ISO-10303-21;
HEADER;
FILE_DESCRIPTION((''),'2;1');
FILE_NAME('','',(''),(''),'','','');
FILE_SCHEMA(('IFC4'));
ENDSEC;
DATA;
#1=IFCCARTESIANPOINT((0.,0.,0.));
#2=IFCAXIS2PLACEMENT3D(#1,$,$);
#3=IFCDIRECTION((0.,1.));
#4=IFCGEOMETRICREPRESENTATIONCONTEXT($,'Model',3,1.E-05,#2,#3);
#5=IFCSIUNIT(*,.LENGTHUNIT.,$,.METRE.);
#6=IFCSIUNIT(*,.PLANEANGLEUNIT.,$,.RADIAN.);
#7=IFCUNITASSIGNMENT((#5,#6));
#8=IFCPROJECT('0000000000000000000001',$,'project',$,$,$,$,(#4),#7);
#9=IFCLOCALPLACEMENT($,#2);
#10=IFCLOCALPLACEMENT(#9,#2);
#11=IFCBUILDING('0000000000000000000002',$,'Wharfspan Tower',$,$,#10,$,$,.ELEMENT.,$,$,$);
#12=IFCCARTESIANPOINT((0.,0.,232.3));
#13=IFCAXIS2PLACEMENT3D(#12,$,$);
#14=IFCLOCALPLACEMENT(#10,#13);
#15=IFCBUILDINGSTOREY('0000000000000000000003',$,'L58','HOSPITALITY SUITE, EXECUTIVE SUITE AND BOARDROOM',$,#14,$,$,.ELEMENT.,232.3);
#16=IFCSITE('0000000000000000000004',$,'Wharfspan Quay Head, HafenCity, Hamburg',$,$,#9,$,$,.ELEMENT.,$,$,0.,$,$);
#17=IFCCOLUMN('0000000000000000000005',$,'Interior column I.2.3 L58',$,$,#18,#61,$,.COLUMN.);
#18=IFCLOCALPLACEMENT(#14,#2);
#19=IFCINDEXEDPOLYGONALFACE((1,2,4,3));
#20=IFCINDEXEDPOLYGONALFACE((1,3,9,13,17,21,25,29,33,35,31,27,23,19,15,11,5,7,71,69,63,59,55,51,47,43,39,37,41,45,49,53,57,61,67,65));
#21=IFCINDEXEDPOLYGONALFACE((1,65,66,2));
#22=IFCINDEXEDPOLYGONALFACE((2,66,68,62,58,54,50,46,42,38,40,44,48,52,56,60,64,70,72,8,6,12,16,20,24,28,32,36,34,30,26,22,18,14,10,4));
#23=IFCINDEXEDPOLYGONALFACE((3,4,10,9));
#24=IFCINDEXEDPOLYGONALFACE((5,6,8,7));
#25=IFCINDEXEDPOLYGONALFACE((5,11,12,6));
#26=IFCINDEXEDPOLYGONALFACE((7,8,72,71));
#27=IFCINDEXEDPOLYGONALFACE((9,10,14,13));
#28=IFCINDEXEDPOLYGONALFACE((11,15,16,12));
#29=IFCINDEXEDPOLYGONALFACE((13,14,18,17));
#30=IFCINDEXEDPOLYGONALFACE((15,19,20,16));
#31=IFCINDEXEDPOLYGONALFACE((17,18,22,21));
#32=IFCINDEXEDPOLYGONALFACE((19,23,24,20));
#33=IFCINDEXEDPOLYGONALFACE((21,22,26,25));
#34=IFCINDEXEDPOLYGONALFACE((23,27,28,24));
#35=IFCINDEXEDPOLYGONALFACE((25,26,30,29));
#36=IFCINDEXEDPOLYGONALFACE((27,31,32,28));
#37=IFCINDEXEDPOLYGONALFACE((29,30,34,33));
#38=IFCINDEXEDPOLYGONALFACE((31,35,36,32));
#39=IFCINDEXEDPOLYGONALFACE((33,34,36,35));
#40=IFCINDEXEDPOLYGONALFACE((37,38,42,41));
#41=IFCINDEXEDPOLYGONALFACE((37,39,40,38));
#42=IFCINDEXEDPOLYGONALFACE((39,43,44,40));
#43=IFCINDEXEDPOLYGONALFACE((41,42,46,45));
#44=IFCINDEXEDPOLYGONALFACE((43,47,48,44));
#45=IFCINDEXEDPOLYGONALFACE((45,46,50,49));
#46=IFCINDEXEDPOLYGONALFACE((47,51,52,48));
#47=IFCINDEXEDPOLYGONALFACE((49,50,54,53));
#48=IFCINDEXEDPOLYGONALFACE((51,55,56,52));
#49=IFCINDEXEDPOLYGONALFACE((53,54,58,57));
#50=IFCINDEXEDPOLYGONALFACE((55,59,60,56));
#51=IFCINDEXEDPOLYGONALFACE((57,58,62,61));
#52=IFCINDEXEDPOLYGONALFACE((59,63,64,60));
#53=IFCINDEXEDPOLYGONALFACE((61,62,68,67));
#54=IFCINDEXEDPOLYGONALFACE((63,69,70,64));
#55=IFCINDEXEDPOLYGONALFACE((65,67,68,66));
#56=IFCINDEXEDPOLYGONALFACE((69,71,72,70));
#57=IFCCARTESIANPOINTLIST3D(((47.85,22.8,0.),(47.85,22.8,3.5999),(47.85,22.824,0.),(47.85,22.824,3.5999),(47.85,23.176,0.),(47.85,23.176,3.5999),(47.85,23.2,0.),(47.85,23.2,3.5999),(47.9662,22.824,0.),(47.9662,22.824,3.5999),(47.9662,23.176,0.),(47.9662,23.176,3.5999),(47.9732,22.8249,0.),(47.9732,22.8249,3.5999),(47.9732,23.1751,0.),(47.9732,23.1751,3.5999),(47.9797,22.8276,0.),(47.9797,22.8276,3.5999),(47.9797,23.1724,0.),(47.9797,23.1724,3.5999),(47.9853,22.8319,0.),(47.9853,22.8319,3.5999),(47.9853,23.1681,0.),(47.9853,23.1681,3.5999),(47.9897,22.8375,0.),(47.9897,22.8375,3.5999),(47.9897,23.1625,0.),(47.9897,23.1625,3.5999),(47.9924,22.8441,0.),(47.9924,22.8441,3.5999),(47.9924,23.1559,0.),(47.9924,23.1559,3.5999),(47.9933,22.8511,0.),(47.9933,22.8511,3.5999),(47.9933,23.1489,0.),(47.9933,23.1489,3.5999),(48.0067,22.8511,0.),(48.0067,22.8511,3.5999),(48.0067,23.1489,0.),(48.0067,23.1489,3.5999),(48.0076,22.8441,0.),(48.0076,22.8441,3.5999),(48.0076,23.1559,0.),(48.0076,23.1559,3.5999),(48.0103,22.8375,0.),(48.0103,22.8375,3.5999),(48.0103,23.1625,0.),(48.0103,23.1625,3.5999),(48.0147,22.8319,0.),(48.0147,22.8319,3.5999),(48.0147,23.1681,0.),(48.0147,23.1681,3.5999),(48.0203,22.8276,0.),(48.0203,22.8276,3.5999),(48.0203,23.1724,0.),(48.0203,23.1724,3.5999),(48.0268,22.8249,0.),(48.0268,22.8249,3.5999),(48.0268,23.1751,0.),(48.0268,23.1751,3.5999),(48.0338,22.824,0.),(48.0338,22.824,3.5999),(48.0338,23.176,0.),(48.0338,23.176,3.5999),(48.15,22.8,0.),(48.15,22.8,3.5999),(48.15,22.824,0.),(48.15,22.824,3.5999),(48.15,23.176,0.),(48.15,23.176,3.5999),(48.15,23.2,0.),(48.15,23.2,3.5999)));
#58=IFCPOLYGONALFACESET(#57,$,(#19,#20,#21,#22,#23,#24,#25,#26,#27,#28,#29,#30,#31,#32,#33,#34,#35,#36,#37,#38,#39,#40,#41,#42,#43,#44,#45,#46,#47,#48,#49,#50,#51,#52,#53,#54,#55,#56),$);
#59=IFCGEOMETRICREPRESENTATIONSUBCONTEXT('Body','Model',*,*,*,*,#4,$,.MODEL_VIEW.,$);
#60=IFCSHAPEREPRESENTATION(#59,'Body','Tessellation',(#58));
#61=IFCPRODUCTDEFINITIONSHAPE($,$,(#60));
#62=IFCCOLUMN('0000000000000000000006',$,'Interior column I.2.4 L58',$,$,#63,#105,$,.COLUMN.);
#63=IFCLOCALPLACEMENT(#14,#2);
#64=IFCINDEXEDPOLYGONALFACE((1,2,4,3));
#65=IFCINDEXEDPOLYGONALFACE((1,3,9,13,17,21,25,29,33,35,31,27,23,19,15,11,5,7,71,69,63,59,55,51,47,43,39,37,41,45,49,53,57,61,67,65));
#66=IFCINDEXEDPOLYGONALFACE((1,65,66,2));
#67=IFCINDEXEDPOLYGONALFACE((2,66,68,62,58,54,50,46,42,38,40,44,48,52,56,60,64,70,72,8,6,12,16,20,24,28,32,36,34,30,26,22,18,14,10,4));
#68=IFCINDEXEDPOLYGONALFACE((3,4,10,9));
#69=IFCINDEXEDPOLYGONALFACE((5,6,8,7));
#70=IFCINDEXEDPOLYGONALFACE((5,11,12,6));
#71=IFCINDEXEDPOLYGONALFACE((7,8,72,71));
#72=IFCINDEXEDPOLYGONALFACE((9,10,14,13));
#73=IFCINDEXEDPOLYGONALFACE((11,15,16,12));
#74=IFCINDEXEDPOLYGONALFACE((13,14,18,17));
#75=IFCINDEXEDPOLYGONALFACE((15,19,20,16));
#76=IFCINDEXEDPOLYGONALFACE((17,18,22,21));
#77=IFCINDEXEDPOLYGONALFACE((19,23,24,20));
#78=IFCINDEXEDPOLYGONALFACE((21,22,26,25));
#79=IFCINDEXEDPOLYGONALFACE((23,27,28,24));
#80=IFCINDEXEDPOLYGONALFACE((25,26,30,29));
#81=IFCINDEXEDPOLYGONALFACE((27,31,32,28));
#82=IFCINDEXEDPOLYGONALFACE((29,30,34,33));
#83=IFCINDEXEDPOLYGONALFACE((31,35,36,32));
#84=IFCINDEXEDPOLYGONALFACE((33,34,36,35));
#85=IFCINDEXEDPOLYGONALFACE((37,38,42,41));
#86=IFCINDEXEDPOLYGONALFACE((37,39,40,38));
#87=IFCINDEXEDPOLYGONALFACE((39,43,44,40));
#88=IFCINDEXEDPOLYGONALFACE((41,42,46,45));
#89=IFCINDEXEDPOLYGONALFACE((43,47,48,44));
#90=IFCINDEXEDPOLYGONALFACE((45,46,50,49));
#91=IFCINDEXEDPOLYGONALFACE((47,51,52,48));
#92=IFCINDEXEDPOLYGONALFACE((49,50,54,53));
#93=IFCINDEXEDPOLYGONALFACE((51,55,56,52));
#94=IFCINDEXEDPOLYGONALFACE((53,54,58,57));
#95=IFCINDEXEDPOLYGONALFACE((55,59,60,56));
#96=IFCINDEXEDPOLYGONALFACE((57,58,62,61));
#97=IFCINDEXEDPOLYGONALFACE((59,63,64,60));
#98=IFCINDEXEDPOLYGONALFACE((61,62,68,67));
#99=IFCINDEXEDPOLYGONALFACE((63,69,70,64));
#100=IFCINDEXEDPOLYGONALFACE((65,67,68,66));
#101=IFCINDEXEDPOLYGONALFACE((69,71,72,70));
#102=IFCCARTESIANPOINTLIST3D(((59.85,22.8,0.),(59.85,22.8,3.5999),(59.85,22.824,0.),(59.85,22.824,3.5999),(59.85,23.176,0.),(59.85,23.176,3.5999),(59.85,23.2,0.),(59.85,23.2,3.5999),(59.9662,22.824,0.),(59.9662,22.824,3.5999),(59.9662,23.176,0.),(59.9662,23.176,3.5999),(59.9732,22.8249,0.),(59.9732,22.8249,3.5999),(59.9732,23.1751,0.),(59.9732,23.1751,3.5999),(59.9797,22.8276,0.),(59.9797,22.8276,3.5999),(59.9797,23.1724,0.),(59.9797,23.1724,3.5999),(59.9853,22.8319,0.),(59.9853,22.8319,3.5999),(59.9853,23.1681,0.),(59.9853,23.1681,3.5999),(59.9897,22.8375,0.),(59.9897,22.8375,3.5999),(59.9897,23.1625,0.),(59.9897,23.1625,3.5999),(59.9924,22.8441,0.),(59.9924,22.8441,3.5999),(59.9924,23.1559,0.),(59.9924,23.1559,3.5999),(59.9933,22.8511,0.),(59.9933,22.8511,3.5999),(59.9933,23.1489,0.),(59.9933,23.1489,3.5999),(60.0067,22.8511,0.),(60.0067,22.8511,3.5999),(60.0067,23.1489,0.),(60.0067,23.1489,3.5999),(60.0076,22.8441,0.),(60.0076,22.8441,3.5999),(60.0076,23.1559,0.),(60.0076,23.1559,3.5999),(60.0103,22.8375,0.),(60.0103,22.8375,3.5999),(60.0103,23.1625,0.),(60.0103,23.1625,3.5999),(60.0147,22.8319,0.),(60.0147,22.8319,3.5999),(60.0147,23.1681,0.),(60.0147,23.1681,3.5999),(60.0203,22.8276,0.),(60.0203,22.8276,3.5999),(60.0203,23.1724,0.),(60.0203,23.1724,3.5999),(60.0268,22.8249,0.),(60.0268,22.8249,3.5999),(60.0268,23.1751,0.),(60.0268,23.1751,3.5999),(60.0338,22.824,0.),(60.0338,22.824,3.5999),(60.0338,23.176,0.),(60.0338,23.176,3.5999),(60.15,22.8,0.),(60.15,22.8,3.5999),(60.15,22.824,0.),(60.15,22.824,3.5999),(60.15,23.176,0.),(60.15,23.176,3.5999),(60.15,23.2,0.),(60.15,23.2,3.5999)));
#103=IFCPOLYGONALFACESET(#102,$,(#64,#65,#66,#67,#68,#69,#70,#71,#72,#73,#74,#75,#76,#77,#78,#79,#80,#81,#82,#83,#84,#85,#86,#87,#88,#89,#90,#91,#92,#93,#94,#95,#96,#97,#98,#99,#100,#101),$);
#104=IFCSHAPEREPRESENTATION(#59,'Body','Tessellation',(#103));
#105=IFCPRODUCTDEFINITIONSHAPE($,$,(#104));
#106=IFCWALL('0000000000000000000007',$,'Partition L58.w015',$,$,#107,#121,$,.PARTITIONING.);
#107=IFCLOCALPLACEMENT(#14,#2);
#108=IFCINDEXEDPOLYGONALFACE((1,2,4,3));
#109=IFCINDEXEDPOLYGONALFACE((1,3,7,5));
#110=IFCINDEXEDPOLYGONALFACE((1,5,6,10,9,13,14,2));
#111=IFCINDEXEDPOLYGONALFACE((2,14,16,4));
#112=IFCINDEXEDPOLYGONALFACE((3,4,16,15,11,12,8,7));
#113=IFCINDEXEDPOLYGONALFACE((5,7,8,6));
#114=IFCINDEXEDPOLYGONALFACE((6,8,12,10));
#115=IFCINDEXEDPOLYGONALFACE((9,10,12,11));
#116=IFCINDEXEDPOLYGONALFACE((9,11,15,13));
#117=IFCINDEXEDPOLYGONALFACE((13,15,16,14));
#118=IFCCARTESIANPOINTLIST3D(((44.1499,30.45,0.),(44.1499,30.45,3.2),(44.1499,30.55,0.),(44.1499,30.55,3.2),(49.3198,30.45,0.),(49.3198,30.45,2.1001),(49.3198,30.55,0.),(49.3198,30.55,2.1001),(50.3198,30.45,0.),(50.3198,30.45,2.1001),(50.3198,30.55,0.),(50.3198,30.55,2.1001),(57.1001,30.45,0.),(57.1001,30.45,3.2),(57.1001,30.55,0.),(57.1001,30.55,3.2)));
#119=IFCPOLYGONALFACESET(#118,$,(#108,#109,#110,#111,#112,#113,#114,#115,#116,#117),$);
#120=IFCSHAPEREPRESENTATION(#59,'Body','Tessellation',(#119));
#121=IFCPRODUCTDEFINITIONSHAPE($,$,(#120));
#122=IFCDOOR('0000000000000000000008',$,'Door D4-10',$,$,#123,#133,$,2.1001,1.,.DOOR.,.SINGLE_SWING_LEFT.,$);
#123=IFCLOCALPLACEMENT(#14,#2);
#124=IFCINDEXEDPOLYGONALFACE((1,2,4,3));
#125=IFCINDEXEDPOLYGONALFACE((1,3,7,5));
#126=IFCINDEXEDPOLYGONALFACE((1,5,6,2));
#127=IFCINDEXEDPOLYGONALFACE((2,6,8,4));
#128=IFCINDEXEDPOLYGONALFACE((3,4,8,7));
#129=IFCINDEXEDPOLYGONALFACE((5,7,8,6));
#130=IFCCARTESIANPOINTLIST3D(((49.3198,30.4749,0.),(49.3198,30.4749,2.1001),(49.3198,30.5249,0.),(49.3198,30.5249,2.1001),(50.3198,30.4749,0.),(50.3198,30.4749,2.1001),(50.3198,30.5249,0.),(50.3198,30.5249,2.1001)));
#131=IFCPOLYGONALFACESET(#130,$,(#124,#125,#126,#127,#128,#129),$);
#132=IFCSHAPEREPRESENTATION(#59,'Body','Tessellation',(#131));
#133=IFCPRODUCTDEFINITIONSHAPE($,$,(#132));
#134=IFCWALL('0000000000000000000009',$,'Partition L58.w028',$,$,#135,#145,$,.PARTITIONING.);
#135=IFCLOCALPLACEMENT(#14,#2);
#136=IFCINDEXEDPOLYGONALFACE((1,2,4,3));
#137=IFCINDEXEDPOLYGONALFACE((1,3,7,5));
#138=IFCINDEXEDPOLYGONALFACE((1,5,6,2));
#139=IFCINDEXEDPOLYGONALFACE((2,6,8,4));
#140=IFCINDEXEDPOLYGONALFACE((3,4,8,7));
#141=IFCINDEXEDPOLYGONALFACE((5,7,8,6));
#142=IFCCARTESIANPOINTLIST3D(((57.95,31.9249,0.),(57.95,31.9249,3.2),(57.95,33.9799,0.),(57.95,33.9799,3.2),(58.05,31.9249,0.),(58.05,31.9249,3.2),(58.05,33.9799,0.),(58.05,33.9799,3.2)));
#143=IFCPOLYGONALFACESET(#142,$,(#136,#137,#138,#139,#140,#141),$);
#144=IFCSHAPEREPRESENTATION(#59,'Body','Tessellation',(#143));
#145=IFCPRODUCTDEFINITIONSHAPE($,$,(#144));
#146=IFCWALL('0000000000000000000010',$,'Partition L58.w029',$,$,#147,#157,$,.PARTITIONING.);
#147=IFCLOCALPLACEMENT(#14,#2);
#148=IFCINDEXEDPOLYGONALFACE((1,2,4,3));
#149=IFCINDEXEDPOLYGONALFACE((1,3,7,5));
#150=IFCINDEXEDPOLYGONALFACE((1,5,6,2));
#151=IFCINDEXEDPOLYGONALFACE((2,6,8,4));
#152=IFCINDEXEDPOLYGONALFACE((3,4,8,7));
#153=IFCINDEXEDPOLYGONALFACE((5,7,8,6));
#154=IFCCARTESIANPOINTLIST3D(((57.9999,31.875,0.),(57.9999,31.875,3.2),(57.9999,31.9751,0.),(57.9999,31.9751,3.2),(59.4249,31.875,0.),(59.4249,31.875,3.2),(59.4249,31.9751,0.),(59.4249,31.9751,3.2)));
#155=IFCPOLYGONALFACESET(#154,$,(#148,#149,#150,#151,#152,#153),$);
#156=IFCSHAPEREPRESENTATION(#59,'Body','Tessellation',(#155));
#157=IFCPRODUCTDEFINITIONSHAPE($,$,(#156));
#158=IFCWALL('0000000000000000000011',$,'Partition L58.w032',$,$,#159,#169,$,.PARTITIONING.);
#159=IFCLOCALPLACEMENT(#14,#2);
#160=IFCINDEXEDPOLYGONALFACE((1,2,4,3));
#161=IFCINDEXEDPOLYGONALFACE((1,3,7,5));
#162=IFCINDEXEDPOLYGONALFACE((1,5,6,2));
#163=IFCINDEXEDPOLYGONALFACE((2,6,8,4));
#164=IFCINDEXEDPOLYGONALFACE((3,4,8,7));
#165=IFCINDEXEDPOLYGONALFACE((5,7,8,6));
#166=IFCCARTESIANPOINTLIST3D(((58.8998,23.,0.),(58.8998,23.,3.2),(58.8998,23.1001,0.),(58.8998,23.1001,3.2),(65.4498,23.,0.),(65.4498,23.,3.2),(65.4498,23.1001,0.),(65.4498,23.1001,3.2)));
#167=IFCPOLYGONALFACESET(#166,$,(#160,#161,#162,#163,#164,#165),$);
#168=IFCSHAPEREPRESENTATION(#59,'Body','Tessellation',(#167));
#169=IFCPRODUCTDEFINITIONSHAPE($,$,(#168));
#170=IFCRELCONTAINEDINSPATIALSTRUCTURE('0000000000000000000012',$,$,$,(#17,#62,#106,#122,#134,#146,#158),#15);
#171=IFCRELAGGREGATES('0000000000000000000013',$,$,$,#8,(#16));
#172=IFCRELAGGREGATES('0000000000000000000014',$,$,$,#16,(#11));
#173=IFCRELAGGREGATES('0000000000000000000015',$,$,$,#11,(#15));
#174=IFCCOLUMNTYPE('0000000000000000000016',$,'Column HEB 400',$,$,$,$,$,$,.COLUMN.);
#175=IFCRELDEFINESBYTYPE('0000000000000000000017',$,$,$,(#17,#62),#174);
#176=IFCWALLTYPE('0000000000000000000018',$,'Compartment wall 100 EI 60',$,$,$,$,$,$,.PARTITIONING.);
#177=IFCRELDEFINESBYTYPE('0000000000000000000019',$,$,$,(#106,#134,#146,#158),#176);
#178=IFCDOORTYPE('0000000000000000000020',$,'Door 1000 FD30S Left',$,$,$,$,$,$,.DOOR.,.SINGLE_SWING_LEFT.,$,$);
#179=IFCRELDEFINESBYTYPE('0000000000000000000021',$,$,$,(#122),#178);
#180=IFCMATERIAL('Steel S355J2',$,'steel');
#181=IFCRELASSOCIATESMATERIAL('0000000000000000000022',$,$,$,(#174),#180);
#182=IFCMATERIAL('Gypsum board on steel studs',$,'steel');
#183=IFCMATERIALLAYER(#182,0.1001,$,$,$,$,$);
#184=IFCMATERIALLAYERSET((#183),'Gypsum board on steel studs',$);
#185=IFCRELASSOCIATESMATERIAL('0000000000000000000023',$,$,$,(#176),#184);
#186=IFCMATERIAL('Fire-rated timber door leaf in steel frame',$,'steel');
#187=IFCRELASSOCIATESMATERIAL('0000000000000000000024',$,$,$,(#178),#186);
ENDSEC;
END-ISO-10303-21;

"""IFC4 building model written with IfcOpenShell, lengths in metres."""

from ifc_helpers import new_model, si_unit, direction, frame, frame_2d, origin, origin_2d, place, context, subcontext, project, spatial, rectangle, i_section, extrude, material, layer, layer_set, material_profile, profile_set, type_object, element, fill, save


model = new_model("IFC4")

# Units and contexts
model_context = context("Model", 3, precision=1e-05, world=origin(), true_north=direction((0.0, 1.0)))
body_context = subcontext(model_context, "Body", "Model", "MODEL_VIEW")
ifc_project = project(units=[si_unit("LENGTHUNIT", "METRE"), si_unit("PLANEANGLEUNIT", "RADIAN")], contexts=[model_context])

# Site, building, storey
site_placement = place(None, origin())
site = spatial("IfcSite", under=ifc_project, at=site_placement, Name="Wharfspan Quay Head, HafenCity, Hamburg", CompositionType="ELEMENT", RefElevation=0.0)
building_placement = place(site_placement, origin())
building = spatial("IfcBuilding", under=site, at=building_placement, Name="Wharfspan Tower", CompositionType="ELEMENT")
storey_placement = place(building_placement, frame((0.0, 0.0, 232.3)))
storey = spatial("IfcBuildingStorey", under=building, at=storey_placement, Name="L58", Description="HOSPITALITY SUITE, EXECUTIVE SUITE AND BOARDROOM", CompositionType="ELEMENT", Elevation=232.3)

# Columns
ifc_material_1 = material(Name="Steel S355J2", Category="steel")
ifc_material_profile = material_profile(ifc_material_1, i_section(OverallWidth=0.3, OverallDepth=0.3999, WebThickness=0.0134, FlangeThickness=0.0239, FilletRadius=0.0271, at=origin_2d()))
ifc_profile_set = profile_set([ifc_material_profile], Name="Steel S355J2")
column_type = type_object("IfcColumnType", Name="Column HEB 400", PredefinedType="COLUMN", material=ifc_profile_set)
for number, where, z_axis, x_axis, name in (
    (1, (48.0, 23.0, 0.0), (0.0, 0.0, 1.0), (1.0, 0.0, 0.0), "Interior column I.2.3 L58"),
    (2, (60.0, 23.0, 0.0), (0.0, 0.0, 1.0), (1.0, 0.0, 0.0), "Interior column I.2.4 L58"),
):
    element("IfcColumn", number, at=place(storey_placement, frame(where, z_axis=z_axis, x_axis=x_axis)), inside=storey, type_object=column_type, Name=name, PredefinedType="COLUMN", context=body_context, shape_type="SweptSolid", body=[
        extrude(i_section(OverallWidth=0.3, OverallDepth=0.3999, WebThickness=0.0134, FlangeThickness=0.0239, FilletRadius=0.0271, at=origin_2d()), origin(), (0.0, 0.0, 1.0), 3.5999),
    ])

# Wall, opening, door
ifc_material_2 = material(Name="Gypsum board on steel studs", Category="steel")
ifc_layer_1 = layer(ifc_material_2, 0.1001)
ifc_layer_set_1 = layer_set([ifc_layer_1], Name="Gypsum board on steel studs")
wall_type_1 = type_object("IfcWallType", Name="Compartment wall 100 EI 60", PredefinedType="PARTITIONING", material=ifc_layer_set_1)
wall_1_placement = place(storey_placement, frame((44.1499, 30.5, 0.0), z_axis=(0.0, 0.0, 1.0), x_axis=(1.0, 0.0, 0.0)))
wall_1 = element("IfcWall", 3, at=wall_1_placement, inside=storey, type_object=wall_type_1, Name="Partition L58.w015", PredefinedType="PARTITIONING", context=body_context, shape_type="SweptSolid", body=[
    extrude(rectangle(XDim=12.9502, YDim=0.1001, at=frame_2d((6.4751, 0.0))), origin(), (0.0, 0.0, 1.0), 3.2),
])
opening_1_placement = place(wall_1_placement, frame((5.1699, 0.0, 0.0)))
opening_1 = element("IfcOpeningElement", 4, at=opening_1_placement, cuts=wall_1, PredefinedType="OPENING", context=body_context, shape_type="SweptSolid", body=[
    extrude(rectangle(XDim=1.0, YDim=2.1001, at=frame_2d((0.5, 1.05))), frame((0.0, 0.0601, 0.0), z_axis=(0.0, -1.0, 0.0), x_axis=(1.0, 0.0, 0.0)), (0.0, 0.0, 1.0), 0.1201),
])
ifc_material_3 = material(Name="Fire-rated timber door leaf in steel frame", Category="steel")
door_type_1 = type_object("IfcDoorType", Name="Door 1000 FD30S Left", OperationType="SINGLE_SWING_LEFT", PredefinedType="DOOR", material=ifc_material_3)
door_1_placement = place(opening_1_placement, origin())
door_1 = element("IfcDoor", 5, at=door_1_placement, inside=storey, type_object=door_type_1, Name="Door D4-10", OperationType="SINGLE_SWING_LEFT", OverallHeight=2.1001, OverallWidth=1.0, PredefinedType="DOOR", context=body_context, shape_type="SweptSolid", body=[
    extrude(rectangle(XDim=1.0, YDim=2.1001, at=frame_2d((0.5, 1.05))), frame((0.0, 0.0249, 0.0), z_axis=(0.0, -1.0, 0.0), x_axis=(1.0, 0.0, 0.0)), (0.0, 0.0, 1.0), 0.05),
])
fill(opening_1, door_1)

# Walls
wall_2_placement = place(storey_placement, frame((58.0, 31.925, 0.0), z_axis=(0.0, 0.0, 1.0), x_axis=(0.0, 1.0, 0.0)))
element("IfcWall", 6, at=wall_2_placement, inside=storey, type_object=wall_type_1, Name="Partition L58.w028", PredefinedType="PARTITIONING", context=body_context, shape_type="SweptSolid", body=[
    extrude(rectangle(XDim=2.0549, YDim=0.1001, at=frame_2d((1.0273, 0.0))), origin(), (0.0, 0.0, 1.0), 3.2),
])
wall_3_placement = place(storey_placement, frame((58.0, 31.925, 0.0), z_axis=(0.0, 0.0, 1.0), x_axis=(1.0, 0.0, 0.0)))
element("IfcWall", 7, at=wall_3_placement, inside=storey, type_object=wall_type_1, Name="Partition L58.w029", PredefinedType="PARTITIONING", context=body_context, shape_type="SweptSolid", body=[
    extrude(rectangle(XDim=1.425, YDim=0.1001, at=frame_2d((0.7124, 0.0))), origin(), (0.0, 0.0, 1.0), 3.2),
])
wall_4_placement = place(storey_placement, frame((58.8999, 23.05, 0.0), z_axis=(0.0, 0.0, 1.0), x_axis=(1.0, 0.0, 0.0)))
element("IfcWall", 8, at=wall_4_placement, inside=storey, type_object=wall_type_1, Name="Partition L58.w032", PredefinedType="PARTITIONING", context=body_context, shape_type="SweptSolid", body=[
    extrude(rectangle(XDim=6.55, YDim=0.1001, at=frame_2d((3.2749, 0.0))), origin(), (0.0, 0.0, 1.0), 3.2),
])

save(model, "model.ifc")
